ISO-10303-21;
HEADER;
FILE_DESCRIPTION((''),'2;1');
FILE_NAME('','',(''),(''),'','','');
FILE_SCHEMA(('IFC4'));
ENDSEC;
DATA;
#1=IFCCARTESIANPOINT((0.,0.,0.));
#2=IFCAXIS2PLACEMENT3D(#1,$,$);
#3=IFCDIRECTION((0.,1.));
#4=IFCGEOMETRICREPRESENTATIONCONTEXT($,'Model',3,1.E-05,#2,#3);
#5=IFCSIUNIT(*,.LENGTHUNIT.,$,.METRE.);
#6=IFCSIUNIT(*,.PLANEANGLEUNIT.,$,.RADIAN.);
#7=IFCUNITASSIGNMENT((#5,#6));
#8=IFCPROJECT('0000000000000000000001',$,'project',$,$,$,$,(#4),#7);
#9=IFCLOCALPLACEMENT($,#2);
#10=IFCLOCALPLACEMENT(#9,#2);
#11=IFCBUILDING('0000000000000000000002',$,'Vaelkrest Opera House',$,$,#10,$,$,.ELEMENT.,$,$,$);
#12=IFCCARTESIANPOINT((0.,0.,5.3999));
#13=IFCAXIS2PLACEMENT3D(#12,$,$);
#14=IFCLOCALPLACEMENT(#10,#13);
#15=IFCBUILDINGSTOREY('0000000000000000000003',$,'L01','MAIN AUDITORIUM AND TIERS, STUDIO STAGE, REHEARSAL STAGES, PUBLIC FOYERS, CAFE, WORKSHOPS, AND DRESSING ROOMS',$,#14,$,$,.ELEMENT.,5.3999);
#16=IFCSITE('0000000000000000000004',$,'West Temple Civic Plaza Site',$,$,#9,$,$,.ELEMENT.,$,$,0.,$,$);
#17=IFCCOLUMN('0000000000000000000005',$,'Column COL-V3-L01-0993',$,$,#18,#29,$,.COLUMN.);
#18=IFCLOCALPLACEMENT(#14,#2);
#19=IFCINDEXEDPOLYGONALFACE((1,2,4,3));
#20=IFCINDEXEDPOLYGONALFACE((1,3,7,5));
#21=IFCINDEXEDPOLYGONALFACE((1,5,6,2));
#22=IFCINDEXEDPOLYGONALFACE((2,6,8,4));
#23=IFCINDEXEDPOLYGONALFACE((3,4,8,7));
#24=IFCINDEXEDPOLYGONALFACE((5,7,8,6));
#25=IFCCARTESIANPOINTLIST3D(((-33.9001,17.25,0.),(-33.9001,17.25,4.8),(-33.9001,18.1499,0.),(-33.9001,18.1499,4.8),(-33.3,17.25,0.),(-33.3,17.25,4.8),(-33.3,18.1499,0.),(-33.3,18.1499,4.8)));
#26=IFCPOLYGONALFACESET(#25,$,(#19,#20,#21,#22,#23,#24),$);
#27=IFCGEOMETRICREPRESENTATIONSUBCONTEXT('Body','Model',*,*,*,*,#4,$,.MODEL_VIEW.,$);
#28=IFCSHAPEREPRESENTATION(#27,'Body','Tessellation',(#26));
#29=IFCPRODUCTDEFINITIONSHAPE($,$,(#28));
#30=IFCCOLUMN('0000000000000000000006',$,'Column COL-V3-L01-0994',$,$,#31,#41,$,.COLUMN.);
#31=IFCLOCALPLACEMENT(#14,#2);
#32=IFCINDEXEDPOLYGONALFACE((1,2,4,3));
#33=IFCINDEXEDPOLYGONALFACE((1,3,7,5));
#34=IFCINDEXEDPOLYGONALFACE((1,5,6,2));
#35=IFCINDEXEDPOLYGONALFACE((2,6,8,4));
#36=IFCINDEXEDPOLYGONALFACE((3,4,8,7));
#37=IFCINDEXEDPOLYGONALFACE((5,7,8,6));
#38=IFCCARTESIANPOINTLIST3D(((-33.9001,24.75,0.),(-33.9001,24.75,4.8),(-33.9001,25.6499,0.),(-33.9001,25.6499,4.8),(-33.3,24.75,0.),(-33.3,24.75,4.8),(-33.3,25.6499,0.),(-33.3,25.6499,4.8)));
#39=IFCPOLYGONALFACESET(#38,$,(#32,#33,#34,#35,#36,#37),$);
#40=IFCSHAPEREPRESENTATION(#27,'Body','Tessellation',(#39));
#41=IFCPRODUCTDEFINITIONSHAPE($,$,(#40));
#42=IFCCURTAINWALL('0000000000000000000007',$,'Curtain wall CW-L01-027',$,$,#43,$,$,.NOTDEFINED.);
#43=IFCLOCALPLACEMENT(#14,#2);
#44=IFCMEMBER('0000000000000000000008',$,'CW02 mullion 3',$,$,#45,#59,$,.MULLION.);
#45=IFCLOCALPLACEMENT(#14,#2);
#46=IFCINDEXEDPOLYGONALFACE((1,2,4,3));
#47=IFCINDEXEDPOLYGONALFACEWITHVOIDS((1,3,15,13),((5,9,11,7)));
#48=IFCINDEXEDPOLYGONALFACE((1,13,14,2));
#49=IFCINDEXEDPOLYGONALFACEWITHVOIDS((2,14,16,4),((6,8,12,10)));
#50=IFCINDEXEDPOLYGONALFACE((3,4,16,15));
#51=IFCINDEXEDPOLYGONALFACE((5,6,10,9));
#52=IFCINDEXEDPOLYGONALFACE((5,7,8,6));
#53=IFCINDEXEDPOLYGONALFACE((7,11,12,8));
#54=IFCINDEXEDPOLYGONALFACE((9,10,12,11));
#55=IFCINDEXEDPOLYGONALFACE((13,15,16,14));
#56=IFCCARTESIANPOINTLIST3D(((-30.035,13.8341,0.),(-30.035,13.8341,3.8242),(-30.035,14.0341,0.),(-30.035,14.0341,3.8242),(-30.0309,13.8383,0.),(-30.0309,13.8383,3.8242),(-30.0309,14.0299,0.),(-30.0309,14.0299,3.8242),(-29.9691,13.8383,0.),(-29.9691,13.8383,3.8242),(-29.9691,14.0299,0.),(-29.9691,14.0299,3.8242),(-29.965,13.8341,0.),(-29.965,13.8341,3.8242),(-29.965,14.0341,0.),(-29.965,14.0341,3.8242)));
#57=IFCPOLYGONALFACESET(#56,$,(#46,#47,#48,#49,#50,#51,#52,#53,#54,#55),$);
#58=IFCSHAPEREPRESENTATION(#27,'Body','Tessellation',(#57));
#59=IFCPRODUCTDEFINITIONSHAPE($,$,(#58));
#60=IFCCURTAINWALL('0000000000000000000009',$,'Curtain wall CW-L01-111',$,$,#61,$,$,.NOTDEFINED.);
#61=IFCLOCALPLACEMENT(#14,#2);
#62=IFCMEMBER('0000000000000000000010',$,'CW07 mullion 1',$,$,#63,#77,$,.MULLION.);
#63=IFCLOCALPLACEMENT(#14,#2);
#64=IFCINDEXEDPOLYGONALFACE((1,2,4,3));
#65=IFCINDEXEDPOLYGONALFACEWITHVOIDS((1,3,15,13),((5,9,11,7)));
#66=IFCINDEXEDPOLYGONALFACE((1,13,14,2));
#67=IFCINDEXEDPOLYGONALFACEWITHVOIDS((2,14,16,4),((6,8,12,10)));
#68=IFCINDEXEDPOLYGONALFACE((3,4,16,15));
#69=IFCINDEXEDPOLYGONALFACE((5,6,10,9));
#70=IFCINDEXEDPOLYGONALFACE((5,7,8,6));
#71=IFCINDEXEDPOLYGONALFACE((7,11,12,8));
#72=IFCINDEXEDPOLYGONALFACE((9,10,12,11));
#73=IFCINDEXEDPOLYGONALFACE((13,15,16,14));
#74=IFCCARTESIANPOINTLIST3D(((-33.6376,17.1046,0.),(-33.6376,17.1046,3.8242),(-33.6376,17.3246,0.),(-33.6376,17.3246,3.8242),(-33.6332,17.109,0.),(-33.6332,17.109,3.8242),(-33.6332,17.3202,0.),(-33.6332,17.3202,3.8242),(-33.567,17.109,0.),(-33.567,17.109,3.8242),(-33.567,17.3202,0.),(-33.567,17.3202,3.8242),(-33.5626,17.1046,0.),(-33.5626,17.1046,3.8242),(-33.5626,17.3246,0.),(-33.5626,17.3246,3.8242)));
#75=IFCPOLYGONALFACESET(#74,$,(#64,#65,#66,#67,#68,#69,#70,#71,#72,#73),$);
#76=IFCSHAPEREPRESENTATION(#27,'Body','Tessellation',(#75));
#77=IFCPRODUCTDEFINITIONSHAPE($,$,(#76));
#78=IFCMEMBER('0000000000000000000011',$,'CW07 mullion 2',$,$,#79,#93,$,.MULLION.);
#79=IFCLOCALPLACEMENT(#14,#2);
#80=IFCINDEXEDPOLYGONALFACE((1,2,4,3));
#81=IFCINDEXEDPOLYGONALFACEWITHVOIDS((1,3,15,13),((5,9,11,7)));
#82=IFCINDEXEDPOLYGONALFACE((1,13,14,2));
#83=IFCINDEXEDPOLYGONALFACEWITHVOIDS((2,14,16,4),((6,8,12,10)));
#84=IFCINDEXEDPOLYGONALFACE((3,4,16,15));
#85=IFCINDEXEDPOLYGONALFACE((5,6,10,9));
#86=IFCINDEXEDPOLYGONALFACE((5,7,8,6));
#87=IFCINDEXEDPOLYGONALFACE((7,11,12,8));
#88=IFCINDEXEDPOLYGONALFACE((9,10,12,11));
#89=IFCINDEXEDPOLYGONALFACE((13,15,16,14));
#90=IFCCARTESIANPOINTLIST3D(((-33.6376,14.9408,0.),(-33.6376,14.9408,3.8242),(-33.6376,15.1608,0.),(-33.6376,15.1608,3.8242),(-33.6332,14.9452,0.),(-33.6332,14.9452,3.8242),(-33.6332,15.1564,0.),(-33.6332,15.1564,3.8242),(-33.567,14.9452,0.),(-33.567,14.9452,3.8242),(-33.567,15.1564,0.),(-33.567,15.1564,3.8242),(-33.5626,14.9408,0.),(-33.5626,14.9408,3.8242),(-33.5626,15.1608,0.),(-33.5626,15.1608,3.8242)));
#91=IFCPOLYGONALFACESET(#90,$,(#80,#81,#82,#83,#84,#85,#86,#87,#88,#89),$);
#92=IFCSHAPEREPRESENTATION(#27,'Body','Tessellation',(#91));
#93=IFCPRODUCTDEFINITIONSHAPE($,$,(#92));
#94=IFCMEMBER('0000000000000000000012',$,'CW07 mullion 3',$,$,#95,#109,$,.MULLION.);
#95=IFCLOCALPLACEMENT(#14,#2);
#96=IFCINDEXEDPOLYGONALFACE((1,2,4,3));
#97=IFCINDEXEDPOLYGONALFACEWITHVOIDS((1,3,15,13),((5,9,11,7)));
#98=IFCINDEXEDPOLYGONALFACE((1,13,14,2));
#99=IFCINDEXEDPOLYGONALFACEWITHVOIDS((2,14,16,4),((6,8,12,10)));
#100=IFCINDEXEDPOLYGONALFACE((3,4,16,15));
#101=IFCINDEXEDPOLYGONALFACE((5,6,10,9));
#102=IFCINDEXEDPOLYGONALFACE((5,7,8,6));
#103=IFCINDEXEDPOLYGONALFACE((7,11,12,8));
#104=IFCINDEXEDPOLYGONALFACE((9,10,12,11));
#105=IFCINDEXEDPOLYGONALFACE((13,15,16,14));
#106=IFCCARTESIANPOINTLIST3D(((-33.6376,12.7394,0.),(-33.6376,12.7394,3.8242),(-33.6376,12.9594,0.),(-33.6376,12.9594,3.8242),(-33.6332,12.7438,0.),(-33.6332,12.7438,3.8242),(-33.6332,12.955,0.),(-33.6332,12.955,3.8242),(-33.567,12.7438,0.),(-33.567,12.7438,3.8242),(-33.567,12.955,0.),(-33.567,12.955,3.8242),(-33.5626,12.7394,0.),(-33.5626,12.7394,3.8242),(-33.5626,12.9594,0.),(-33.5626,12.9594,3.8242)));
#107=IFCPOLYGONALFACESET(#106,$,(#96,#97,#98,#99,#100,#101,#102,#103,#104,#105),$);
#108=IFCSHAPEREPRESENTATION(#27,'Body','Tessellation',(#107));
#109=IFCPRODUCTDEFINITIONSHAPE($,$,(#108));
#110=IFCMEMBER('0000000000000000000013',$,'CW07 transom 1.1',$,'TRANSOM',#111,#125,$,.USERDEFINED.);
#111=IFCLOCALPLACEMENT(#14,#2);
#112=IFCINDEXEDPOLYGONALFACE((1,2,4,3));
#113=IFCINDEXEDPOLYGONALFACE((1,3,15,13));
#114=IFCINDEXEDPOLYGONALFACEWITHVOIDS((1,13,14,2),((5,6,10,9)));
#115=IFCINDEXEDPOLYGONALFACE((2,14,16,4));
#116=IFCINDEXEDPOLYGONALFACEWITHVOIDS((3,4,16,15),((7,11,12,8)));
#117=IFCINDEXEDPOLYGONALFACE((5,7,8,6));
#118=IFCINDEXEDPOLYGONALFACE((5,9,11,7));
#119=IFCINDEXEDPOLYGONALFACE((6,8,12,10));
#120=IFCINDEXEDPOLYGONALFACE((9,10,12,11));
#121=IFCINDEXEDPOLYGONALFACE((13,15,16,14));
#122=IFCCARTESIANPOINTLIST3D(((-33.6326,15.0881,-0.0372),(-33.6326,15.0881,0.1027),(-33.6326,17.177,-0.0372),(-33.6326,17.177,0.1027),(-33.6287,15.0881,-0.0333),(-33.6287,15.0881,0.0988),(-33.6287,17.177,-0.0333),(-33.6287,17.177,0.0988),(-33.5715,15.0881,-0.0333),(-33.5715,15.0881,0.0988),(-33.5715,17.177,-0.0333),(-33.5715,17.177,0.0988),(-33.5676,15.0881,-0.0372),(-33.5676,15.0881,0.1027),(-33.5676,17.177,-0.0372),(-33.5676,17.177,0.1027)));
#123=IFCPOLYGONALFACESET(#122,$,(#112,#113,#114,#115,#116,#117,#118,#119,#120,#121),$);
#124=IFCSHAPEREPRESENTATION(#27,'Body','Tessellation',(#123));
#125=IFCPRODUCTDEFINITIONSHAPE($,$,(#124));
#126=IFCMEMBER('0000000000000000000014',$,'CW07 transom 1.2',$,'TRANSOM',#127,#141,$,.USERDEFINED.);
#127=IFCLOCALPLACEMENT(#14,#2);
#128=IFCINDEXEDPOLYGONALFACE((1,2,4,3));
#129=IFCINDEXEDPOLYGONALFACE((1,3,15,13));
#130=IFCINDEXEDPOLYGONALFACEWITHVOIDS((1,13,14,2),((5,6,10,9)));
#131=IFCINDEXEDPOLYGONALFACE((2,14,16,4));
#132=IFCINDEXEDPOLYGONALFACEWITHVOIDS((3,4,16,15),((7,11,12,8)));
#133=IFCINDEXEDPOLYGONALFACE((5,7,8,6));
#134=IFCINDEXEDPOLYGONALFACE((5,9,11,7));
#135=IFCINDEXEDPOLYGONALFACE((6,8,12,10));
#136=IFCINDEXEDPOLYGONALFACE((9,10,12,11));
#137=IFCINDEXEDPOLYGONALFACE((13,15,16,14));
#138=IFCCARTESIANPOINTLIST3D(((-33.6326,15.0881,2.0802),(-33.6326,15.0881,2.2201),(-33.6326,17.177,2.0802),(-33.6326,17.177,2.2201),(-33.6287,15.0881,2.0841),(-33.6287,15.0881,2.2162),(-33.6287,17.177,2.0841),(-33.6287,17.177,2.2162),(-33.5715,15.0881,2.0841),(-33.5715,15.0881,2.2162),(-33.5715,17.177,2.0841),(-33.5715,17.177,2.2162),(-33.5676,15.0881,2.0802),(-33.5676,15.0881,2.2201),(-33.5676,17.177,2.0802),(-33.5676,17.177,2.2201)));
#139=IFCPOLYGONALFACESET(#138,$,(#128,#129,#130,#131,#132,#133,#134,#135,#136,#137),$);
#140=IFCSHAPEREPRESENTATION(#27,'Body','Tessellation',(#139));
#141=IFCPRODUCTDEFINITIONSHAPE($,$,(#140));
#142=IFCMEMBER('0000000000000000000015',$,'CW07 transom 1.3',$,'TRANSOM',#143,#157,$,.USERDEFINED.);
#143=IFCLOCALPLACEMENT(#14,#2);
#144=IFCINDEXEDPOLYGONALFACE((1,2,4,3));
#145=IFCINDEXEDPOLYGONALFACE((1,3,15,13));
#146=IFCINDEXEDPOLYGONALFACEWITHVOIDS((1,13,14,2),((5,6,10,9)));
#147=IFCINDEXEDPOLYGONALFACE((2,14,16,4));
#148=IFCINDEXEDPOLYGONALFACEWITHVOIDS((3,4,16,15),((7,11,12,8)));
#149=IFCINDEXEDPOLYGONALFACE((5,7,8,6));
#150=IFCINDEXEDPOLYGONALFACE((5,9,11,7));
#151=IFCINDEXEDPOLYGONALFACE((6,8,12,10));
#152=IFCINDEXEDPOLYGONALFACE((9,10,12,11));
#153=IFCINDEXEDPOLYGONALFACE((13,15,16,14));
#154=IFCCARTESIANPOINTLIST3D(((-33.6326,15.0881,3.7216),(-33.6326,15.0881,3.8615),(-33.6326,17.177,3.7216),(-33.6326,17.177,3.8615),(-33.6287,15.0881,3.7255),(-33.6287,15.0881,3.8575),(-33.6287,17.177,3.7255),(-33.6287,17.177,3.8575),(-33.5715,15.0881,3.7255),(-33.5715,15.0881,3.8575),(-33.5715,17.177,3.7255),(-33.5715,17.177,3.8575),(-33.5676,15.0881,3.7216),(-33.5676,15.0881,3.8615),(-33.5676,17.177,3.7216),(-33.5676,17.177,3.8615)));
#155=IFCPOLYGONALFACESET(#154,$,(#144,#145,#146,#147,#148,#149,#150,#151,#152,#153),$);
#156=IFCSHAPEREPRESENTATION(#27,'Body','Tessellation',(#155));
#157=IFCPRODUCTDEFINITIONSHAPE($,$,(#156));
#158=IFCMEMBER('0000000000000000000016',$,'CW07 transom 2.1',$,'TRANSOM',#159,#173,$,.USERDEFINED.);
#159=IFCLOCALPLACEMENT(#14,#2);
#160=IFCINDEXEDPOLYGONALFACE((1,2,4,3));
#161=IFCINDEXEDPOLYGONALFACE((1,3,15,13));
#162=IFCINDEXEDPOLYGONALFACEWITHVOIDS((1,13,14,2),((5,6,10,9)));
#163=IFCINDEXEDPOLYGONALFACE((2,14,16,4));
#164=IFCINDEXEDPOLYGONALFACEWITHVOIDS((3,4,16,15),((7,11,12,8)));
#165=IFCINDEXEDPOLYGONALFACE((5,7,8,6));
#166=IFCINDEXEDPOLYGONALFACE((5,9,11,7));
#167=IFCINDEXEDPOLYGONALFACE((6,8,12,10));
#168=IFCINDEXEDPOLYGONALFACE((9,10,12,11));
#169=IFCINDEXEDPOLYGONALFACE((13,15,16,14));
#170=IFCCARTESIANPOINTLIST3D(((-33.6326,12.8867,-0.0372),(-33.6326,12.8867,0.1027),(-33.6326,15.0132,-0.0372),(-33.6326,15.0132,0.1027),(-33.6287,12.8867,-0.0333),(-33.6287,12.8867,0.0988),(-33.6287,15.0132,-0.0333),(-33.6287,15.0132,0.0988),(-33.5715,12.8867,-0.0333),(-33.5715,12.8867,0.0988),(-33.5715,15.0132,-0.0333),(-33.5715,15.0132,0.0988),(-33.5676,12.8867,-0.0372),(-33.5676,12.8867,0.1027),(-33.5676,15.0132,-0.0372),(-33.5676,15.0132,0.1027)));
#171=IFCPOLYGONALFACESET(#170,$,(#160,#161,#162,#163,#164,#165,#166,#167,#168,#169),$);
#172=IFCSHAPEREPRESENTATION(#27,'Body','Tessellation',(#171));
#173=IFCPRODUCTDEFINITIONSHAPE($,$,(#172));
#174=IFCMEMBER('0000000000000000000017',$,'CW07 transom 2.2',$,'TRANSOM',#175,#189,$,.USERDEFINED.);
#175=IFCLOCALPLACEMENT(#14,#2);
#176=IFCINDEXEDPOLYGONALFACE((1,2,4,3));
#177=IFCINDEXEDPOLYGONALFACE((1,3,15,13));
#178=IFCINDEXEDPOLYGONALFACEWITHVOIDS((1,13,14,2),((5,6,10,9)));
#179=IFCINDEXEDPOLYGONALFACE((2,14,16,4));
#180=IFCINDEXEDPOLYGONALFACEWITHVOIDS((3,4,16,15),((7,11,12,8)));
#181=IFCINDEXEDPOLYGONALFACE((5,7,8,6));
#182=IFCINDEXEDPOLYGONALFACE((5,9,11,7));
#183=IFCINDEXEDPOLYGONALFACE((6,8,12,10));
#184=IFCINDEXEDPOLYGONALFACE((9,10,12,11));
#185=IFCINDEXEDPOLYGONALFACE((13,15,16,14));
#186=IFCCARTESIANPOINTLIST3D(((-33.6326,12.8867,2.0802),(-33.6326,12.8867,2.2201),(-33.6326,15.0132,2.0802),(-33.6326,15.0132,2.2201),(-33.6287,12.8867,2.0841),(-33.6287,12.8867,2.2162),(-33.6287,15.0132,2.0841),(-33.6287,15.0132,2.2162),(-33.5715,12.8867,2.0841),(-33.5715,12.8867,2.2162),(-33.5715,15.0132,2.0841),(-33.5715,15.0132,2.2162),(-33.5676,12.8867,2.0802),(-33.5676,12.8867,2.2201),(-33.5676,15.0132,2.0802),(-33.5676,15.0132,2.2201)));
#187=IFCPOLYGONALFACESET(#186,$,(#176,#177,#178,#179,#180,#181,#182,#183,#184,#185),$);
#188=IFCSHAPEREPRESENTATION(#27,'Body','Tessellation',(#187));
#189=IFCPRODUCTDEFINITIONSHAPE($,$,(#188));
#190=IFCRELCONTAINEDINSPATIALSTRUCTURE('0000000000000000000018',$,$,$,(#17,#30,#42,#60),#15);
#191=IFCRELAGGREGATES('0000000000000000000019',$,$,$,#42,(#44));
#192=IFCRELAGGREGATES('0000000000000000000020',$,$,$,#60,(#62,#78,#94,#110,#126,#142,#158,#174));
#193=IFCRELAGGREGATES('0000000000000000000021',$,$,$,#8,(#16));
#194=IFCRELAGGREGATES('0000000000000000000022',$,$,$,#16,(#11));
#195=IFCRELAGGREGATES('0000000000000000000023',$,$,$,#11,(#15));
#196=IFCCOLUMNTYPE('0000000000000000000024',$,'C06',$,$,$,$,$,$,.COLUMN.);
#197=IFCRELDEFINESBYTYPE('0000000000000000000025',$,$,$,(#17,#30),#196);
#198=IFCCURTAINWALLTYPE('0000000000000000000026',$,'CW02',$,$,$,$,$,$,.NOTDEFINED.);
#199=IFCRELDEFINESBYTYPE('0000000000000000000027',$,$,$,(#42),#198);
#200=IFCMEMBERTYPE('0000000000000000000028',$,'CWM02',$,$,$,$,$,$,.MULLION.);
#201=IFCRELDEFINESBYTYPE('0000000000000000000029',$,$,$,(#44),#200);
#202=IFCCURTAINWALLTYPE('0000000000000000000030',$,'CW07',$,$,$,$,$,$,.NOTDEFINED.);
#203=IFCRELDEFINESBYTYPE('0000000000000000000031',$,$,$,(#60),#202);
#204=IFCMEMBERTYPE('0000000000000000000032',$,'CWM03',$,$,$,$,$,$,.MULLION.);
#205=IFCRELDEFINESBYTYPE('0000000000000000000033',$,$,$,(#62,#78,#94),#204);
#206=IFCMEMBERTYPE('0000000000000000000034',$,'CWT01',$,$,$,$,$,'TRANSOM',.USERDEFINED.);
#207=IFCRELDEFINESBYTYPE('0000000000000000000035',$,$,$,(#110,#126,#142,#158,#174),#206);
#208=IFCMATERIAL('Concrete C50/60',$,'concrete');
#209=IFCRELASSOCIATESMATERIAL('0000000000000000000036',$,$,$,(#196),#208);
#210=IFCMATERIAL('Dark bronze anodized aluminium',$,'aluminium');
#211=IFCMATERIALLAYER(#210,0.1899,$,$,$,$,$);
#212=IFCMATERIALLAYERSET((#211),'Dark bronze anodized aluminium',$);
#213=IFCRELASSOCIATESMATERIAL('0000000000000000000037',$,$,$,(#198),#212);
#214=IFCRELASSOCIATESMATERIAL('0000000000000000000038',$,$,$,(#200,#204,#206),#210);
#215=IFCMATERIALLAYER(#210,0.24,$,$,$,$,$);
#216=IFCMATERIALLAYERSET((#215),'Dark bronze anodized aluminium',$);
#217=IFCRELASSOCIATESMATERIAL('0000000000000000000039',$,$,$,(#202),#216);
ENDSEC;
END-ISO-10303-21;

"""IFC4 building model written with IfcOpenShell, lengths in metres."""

from ifc_helpers import new_model, si_unit, direction, frame, origin, origin_2d, place, context, subcontext, project, spatial, rectangle, hollow_rectangle, extrude, material, layer, layer_set, material_profile, profile_set, type_object, element, aggregate, save


model = new_model("IFC4")

# Units and contexts
model_context = context("Model", 3, precision=1e-05, world=origin(), true_north=direction((0.0, 1.0)))
body_context = subcontext(model_context, "Body", "Model", "MODEL_VIEW")
ifc_project = project(units=[si_unit("LENGTHUNIT", "METRE"), si_unit("PLANEANGLEUNIT", "RADIAN")], contexts=[model_context])

# Site, building, storey
site_placement = place(None, origin())
site = spatial("IfcSite", under=ifc_project, at=site_placement, Name="West Temple Civic Plaza Site", CompositionType="ELEMENT", RefElevation=0.0)
building_placement = place(site_placement, origin())
building = spatial("IfcBuilding", under=site, at=building_placement, Name="Vaelkrest Opera House", CompositionType="ELEMENT")
storey_placement = place(building_placement, frame((0.0, 0.0, 5.3999)))
storey = spatial("IfcBuildingStorey", under=building, at=storey_placement, Name="L01", Description="MAIN AUDITORIUM AND TIERS, STUDIO STAGE, REHEARSAL STAGES, PUBLIC FOYERS, CAFE, WORKSHOPS, AND DRESSING ROOMS", CompositionType="ELEMENT", Elevation=5.3999)

# Columns
ifc_material_1 = material(Name="Concrete C50/60", Category="concrete")
ifc_material_profile_1 = material_profile(ifc_material_1, rectangle(XDim=0.6001, YDim=0.8999, at=origin_2d()), Name="RC600X900")
ifc_profile_set_1 = profile_set([ifc_material_profile_1], Name="Concrete C50/60")
column_type = type_object("IfcColumnType", Name="C06", PredefinedType="COLUMN", material=ifc_profile_set_1)
for number, where, z_axis, x_axis, name in (
    (1, (-33.6001, 17.7, 0.0), (0.0, 0.0, 1.0), (1.0, 0.0, 0.0), "Column COL-V3-L01-0993"),
    (2, (-33.6001, 25.2, 0.0), (0.0, 0.0, 1.0), (1.0, 0.0, 0.0), "Column COL-V3-L01-0994"),
):
    element("IfcColumn", number, at=place(storey_placement, frame(where, z_axis=z_axis, x_axis=x_axis)), inside=storey, type_object=column_type, Name=name, PredefinedType="COLUMN", context=body_context, shape_type="SweptSolid", body=[
        extrude(rectangle(XDim=0.6001, YDim=0.8999, at=origin_2d()), origin(), (0.0, 0.0, 1.0), 4.8),
    ])

# Curtain wall, member
ifc_material_2 = material(Name="Dark bronze anodized aluminium", Category="aluminium")
ifc_layer_1 = layer(ifc_material_2, 0.1899)
ifc_layer_set_1 = layer_set([ifc_layer_1], Name="Dark bronze anodized aluminium")
curtain_wall_type_1 = type_object("IfcCurtainWallType", Name="CW02", PredefinedType="NOTDEFINED", material=ifc_layer_set_1)
curtain_wall_1_placement = place(storey_placement, origin())
curtain_wall_1 = element("IfcCurtainWall", 3, at=curtain_wall_1_placement, inside=storey, type_object=curtain_wall_type_1, Name="Curtain wall CW-L01-027", PredefinedType="NOTDEFINED")
ifc_material_profile_2 = material_profile(ifc_material_2, hollow_rectangle(XDim=0.0701, YDim=0.2, WallThickness=0.0042, at=origin_2d()), Name="CWM70X200")
ifc_profile_set_2 = profile_set([ifc_material_profile_2], Name="Dark bronze anodized aluminium")
member_type_1 = type_object("IfcMemberType", Name="CWM02", PredefinedType="MULLION", material=ifc_profile_set_2)
member_1_placement = place(storey_placement, frame((-30.0, 13.9341, 0.0), z_axis=(0.0, 0.0, 1.0), x_axis=(-1.0, 0.0, 0.0)))
member_1 = element("IfcMember", 4, at=member_1_placement, type_object=member_type_1, Name="CW02 mullion 3", PredefinedType="MULLION", context=body_context, shape_type="SweptSolid", body=[
    extrude(hollow_rectangle(XDim=0.0701, YDim=0.2, WallThickness=0.0042, at=origin_2d()), origin(), (0.0, 0.0, 1.0), 3.8242),
])

# Curtain wall, members
ifc_layer_2 = layer(ifc_material_2, 0.24)
ifc_layer_set_2 = layer_set([ifc_layer_2], Name="Dark bronze anodized aluminium")
curtain_wall_type_2 = type_object("IfcCurtainWallType", Name="CW07", PredefinedType="NOTDEFINED", material=ifc_layer_set_2)
curtain_wall_2_placement = place(storey_placement, origin())
curtain_wall_2 = element("IfcCurtainWall", 5, at=curtain_wall_2_placement, inside=storey, type_object=curtain_wall_type_2, Name="Curtain wall CW-L01-111", PredefinedType="NOTDEFINED")
ifc_material_profile_3 = material_profile(ifc_material_2, hollow_rectangle(XDim=0.075, YDim=0.22, WallThickness=0.0044, at=origin_2d()), Name="CWM75X220")
ifc_profile_set_3 = profile_set([ifc_material_profile_3], Name="Dark bronze anodized aluminium")
member_type_2 = type_object("IfcMemberType", Name="CWM03", PredefinedType="MULLION", material=ifc_profile_set_3)
member_2_placement = place(storey_placement, frame((-33.6001, 17.2146, 0.0), z_axis=(0.0, 0.0, 1.0), x_axis=(1.0, 0.0, 0.0)))
member_2 = element("IfcMember", 6, at=member_2_placement, type_object=member_type_2, Name="CW07 mullion 1", PredefinedType="MULLION", context=body_context, shape_type="SweptSolid", body=[
    extrude(hollow_rectangle(XDim=0.075, YDim=0.22, WallThickness=0.0044, at=origin_2d()), origin(), (0.0, 0.0, 1.0), 3.8242),
])
member_3_placement = place(storey_placement, frame((-33.6001, 15.0508, 0.0), z_axis=(0.0, 0.0, 1.0), x_axis=(1.0, 0.0, 0.0)))
member_3 = element("IfcMember", 7, at=member_3_placement, type_object=member_type_2, Name="CW07 mullion 2", PredefinedType="MULLION", context=body_context, shape_type="SweptSolid", body=[
    extrude(hollow_rectangle(XDim=0.075, YDim=0.22, WallThickness=0.0044, at=origin_2d()), origin(), (0.0, 0.0, 1.0), 3.8242),
])
member_4_placement = place(storey_placement, frame((-33.6001, 12.8494, 0.0), z_axis=(0.0, 0.0, 1.0), x_axis=(1.0, 0.0, 0.0)))
member_4 = element("IfcMember", 8, at=member_4_placement, type_object=member_type_2, Name="CW07 mullion 3", PredefinedType="MULLION", context=body_context, shape_type="SweptSolid", body=[
    extrude(hollow_rectangle(XDim=0.075, YDim=0.22, WallThickness=0.0044, at=origin_2d()), origin(), (0.0, 0.0, 1.0), 3.8242),
])
ifc_material_profile_4 = material_profile(ifc_material_2, hollow_rectangle(XDim=0.0649, YDim=0.1399, WallThickness=0.0039, at=origin_2d()), Name="CWT65X140")
ifc_profile_set_4 = profile_set([ifc_material_profile_4], Name="Dark bronze anodized aluminium")
member_type_3 = type_object("IfcMemberType", Name="CWT01", ElementType="TRANSOM", PredefinedType="USERDEFINED", material=ifc_profile_set_4)
member_5_placement = place(storey_placement, frame((-33.6001, 17.177, 0.0327), z_axis=(0.0, -1.0, 0.0), x_axis=(1.0, 0.0, 0.0)))
member_5 = element("IfcMember", 9, at=member_5_placement, type_object=member_type_3, Name="CW07 transom 1.1", ObjectType="TRANSOM", PredefinedType="USERDEFINED", context=body_context, shape_type="SweptSolid", body=[
    extrude(hollow_rectangle(XDim=0.0649, YDim=0.1399, WallThickness=0.0039, at=origin_2d()), origin(), (0.0, 0.0, 1.0), 2.0889),
])
member_6_placement = place(storey_placement, frame((-33.6001, 17.177, 2.1501), z_axis=(0.0, -1.0, 0.0), x_axis=(1.0, 0.0, 0.0)))
member_6 = element("IfcMember", 10, at=member_6_placement, type_object=member_type_3, Name="CW07 transom 1.2", ObjectType="TRANSOM", PredefinedType="USERDEFINED", context=body_context, shape_type="SweptSolid", body=[
    extrude(hollow_rectangle(XDim=0.0649, YDim=0.1399, WallThickness=0.0039, at=origin_2d()), origin(), (0.0, 0.0, 1.0), 2.0889),
])
member_7_placement = place(storey_placement, frame((-33.6001, 17.177, 3.7915), z_axis=(0.0, -1.0, 0.0), x_axis=(1.0, 0.0, 0.0)))
member_7 = element("IfcMember", 11, at=member_7_placement, type_object=member_type_3, Name="CW07 transom 1.3", ObjectType="TRANSOM", PredefinedType="USERDEFINED", context=body_context, shape_type="SweptSolid", body=[
    extrude(hollow_rectangle(XDim=0.0649, YDim=0.1399, WallThickness=0.0039, at=origin_2d()), origin(), (0.0, 0.0, 1.0), 2.0889),
])
member_8_placement = place(storey_placement, frame((-33.6001, 15.0132, 0.0327), z_axis=(0.0, -1.0, 0.0), x_axis=(1.0, 0.0, 0.0)))
member_8 = element("IfcMember", 12, at=member_8_placement, type_object=member_type_3, Name="CW07 transom 2.1", ObjectType="TRANSOM", PredefinedType="USERDEFINED", context=body_context, shape_type="SweptSolid", body=[
    extrude(hollow_rectangle(XDim=0.0649, YDim=0.1399, WallThickness=0.0039, at=origin_2d()), origin(), (0.0, 0.0, 1.0), 2.1265),
])
member_9_placement = place(storey_placement, frame((-33.6001, 15.0132, 2.1501), z_axis=(0.0, -1.0, 0.0), x_axis=(1.0, 0.0, 0.0)))
member_9 = element("IfcMember", 13, at=member_9_placement, type_object=member_type_3, Name="CW07 transom 2.2", ObjectType="TRANSOM", PredefinedType="USERDEFINED", context=body_context, shape_type="SweptSolid", body=[
    extrude(hollow_rectangle(XDim=0.0649, YDim=0.1399, WallThickness=0.0039, at=origin_2d()), origin(), (0.0, 0.0, 1.0), 2.1265),
])

aggregate(curtain_wall_1, [member_1])
aggregate(curtain_wall_2, [member_2, member_3, member_4, member_5, member_6, member_7, member_8, member_9])

save(model, "model.ifc")
